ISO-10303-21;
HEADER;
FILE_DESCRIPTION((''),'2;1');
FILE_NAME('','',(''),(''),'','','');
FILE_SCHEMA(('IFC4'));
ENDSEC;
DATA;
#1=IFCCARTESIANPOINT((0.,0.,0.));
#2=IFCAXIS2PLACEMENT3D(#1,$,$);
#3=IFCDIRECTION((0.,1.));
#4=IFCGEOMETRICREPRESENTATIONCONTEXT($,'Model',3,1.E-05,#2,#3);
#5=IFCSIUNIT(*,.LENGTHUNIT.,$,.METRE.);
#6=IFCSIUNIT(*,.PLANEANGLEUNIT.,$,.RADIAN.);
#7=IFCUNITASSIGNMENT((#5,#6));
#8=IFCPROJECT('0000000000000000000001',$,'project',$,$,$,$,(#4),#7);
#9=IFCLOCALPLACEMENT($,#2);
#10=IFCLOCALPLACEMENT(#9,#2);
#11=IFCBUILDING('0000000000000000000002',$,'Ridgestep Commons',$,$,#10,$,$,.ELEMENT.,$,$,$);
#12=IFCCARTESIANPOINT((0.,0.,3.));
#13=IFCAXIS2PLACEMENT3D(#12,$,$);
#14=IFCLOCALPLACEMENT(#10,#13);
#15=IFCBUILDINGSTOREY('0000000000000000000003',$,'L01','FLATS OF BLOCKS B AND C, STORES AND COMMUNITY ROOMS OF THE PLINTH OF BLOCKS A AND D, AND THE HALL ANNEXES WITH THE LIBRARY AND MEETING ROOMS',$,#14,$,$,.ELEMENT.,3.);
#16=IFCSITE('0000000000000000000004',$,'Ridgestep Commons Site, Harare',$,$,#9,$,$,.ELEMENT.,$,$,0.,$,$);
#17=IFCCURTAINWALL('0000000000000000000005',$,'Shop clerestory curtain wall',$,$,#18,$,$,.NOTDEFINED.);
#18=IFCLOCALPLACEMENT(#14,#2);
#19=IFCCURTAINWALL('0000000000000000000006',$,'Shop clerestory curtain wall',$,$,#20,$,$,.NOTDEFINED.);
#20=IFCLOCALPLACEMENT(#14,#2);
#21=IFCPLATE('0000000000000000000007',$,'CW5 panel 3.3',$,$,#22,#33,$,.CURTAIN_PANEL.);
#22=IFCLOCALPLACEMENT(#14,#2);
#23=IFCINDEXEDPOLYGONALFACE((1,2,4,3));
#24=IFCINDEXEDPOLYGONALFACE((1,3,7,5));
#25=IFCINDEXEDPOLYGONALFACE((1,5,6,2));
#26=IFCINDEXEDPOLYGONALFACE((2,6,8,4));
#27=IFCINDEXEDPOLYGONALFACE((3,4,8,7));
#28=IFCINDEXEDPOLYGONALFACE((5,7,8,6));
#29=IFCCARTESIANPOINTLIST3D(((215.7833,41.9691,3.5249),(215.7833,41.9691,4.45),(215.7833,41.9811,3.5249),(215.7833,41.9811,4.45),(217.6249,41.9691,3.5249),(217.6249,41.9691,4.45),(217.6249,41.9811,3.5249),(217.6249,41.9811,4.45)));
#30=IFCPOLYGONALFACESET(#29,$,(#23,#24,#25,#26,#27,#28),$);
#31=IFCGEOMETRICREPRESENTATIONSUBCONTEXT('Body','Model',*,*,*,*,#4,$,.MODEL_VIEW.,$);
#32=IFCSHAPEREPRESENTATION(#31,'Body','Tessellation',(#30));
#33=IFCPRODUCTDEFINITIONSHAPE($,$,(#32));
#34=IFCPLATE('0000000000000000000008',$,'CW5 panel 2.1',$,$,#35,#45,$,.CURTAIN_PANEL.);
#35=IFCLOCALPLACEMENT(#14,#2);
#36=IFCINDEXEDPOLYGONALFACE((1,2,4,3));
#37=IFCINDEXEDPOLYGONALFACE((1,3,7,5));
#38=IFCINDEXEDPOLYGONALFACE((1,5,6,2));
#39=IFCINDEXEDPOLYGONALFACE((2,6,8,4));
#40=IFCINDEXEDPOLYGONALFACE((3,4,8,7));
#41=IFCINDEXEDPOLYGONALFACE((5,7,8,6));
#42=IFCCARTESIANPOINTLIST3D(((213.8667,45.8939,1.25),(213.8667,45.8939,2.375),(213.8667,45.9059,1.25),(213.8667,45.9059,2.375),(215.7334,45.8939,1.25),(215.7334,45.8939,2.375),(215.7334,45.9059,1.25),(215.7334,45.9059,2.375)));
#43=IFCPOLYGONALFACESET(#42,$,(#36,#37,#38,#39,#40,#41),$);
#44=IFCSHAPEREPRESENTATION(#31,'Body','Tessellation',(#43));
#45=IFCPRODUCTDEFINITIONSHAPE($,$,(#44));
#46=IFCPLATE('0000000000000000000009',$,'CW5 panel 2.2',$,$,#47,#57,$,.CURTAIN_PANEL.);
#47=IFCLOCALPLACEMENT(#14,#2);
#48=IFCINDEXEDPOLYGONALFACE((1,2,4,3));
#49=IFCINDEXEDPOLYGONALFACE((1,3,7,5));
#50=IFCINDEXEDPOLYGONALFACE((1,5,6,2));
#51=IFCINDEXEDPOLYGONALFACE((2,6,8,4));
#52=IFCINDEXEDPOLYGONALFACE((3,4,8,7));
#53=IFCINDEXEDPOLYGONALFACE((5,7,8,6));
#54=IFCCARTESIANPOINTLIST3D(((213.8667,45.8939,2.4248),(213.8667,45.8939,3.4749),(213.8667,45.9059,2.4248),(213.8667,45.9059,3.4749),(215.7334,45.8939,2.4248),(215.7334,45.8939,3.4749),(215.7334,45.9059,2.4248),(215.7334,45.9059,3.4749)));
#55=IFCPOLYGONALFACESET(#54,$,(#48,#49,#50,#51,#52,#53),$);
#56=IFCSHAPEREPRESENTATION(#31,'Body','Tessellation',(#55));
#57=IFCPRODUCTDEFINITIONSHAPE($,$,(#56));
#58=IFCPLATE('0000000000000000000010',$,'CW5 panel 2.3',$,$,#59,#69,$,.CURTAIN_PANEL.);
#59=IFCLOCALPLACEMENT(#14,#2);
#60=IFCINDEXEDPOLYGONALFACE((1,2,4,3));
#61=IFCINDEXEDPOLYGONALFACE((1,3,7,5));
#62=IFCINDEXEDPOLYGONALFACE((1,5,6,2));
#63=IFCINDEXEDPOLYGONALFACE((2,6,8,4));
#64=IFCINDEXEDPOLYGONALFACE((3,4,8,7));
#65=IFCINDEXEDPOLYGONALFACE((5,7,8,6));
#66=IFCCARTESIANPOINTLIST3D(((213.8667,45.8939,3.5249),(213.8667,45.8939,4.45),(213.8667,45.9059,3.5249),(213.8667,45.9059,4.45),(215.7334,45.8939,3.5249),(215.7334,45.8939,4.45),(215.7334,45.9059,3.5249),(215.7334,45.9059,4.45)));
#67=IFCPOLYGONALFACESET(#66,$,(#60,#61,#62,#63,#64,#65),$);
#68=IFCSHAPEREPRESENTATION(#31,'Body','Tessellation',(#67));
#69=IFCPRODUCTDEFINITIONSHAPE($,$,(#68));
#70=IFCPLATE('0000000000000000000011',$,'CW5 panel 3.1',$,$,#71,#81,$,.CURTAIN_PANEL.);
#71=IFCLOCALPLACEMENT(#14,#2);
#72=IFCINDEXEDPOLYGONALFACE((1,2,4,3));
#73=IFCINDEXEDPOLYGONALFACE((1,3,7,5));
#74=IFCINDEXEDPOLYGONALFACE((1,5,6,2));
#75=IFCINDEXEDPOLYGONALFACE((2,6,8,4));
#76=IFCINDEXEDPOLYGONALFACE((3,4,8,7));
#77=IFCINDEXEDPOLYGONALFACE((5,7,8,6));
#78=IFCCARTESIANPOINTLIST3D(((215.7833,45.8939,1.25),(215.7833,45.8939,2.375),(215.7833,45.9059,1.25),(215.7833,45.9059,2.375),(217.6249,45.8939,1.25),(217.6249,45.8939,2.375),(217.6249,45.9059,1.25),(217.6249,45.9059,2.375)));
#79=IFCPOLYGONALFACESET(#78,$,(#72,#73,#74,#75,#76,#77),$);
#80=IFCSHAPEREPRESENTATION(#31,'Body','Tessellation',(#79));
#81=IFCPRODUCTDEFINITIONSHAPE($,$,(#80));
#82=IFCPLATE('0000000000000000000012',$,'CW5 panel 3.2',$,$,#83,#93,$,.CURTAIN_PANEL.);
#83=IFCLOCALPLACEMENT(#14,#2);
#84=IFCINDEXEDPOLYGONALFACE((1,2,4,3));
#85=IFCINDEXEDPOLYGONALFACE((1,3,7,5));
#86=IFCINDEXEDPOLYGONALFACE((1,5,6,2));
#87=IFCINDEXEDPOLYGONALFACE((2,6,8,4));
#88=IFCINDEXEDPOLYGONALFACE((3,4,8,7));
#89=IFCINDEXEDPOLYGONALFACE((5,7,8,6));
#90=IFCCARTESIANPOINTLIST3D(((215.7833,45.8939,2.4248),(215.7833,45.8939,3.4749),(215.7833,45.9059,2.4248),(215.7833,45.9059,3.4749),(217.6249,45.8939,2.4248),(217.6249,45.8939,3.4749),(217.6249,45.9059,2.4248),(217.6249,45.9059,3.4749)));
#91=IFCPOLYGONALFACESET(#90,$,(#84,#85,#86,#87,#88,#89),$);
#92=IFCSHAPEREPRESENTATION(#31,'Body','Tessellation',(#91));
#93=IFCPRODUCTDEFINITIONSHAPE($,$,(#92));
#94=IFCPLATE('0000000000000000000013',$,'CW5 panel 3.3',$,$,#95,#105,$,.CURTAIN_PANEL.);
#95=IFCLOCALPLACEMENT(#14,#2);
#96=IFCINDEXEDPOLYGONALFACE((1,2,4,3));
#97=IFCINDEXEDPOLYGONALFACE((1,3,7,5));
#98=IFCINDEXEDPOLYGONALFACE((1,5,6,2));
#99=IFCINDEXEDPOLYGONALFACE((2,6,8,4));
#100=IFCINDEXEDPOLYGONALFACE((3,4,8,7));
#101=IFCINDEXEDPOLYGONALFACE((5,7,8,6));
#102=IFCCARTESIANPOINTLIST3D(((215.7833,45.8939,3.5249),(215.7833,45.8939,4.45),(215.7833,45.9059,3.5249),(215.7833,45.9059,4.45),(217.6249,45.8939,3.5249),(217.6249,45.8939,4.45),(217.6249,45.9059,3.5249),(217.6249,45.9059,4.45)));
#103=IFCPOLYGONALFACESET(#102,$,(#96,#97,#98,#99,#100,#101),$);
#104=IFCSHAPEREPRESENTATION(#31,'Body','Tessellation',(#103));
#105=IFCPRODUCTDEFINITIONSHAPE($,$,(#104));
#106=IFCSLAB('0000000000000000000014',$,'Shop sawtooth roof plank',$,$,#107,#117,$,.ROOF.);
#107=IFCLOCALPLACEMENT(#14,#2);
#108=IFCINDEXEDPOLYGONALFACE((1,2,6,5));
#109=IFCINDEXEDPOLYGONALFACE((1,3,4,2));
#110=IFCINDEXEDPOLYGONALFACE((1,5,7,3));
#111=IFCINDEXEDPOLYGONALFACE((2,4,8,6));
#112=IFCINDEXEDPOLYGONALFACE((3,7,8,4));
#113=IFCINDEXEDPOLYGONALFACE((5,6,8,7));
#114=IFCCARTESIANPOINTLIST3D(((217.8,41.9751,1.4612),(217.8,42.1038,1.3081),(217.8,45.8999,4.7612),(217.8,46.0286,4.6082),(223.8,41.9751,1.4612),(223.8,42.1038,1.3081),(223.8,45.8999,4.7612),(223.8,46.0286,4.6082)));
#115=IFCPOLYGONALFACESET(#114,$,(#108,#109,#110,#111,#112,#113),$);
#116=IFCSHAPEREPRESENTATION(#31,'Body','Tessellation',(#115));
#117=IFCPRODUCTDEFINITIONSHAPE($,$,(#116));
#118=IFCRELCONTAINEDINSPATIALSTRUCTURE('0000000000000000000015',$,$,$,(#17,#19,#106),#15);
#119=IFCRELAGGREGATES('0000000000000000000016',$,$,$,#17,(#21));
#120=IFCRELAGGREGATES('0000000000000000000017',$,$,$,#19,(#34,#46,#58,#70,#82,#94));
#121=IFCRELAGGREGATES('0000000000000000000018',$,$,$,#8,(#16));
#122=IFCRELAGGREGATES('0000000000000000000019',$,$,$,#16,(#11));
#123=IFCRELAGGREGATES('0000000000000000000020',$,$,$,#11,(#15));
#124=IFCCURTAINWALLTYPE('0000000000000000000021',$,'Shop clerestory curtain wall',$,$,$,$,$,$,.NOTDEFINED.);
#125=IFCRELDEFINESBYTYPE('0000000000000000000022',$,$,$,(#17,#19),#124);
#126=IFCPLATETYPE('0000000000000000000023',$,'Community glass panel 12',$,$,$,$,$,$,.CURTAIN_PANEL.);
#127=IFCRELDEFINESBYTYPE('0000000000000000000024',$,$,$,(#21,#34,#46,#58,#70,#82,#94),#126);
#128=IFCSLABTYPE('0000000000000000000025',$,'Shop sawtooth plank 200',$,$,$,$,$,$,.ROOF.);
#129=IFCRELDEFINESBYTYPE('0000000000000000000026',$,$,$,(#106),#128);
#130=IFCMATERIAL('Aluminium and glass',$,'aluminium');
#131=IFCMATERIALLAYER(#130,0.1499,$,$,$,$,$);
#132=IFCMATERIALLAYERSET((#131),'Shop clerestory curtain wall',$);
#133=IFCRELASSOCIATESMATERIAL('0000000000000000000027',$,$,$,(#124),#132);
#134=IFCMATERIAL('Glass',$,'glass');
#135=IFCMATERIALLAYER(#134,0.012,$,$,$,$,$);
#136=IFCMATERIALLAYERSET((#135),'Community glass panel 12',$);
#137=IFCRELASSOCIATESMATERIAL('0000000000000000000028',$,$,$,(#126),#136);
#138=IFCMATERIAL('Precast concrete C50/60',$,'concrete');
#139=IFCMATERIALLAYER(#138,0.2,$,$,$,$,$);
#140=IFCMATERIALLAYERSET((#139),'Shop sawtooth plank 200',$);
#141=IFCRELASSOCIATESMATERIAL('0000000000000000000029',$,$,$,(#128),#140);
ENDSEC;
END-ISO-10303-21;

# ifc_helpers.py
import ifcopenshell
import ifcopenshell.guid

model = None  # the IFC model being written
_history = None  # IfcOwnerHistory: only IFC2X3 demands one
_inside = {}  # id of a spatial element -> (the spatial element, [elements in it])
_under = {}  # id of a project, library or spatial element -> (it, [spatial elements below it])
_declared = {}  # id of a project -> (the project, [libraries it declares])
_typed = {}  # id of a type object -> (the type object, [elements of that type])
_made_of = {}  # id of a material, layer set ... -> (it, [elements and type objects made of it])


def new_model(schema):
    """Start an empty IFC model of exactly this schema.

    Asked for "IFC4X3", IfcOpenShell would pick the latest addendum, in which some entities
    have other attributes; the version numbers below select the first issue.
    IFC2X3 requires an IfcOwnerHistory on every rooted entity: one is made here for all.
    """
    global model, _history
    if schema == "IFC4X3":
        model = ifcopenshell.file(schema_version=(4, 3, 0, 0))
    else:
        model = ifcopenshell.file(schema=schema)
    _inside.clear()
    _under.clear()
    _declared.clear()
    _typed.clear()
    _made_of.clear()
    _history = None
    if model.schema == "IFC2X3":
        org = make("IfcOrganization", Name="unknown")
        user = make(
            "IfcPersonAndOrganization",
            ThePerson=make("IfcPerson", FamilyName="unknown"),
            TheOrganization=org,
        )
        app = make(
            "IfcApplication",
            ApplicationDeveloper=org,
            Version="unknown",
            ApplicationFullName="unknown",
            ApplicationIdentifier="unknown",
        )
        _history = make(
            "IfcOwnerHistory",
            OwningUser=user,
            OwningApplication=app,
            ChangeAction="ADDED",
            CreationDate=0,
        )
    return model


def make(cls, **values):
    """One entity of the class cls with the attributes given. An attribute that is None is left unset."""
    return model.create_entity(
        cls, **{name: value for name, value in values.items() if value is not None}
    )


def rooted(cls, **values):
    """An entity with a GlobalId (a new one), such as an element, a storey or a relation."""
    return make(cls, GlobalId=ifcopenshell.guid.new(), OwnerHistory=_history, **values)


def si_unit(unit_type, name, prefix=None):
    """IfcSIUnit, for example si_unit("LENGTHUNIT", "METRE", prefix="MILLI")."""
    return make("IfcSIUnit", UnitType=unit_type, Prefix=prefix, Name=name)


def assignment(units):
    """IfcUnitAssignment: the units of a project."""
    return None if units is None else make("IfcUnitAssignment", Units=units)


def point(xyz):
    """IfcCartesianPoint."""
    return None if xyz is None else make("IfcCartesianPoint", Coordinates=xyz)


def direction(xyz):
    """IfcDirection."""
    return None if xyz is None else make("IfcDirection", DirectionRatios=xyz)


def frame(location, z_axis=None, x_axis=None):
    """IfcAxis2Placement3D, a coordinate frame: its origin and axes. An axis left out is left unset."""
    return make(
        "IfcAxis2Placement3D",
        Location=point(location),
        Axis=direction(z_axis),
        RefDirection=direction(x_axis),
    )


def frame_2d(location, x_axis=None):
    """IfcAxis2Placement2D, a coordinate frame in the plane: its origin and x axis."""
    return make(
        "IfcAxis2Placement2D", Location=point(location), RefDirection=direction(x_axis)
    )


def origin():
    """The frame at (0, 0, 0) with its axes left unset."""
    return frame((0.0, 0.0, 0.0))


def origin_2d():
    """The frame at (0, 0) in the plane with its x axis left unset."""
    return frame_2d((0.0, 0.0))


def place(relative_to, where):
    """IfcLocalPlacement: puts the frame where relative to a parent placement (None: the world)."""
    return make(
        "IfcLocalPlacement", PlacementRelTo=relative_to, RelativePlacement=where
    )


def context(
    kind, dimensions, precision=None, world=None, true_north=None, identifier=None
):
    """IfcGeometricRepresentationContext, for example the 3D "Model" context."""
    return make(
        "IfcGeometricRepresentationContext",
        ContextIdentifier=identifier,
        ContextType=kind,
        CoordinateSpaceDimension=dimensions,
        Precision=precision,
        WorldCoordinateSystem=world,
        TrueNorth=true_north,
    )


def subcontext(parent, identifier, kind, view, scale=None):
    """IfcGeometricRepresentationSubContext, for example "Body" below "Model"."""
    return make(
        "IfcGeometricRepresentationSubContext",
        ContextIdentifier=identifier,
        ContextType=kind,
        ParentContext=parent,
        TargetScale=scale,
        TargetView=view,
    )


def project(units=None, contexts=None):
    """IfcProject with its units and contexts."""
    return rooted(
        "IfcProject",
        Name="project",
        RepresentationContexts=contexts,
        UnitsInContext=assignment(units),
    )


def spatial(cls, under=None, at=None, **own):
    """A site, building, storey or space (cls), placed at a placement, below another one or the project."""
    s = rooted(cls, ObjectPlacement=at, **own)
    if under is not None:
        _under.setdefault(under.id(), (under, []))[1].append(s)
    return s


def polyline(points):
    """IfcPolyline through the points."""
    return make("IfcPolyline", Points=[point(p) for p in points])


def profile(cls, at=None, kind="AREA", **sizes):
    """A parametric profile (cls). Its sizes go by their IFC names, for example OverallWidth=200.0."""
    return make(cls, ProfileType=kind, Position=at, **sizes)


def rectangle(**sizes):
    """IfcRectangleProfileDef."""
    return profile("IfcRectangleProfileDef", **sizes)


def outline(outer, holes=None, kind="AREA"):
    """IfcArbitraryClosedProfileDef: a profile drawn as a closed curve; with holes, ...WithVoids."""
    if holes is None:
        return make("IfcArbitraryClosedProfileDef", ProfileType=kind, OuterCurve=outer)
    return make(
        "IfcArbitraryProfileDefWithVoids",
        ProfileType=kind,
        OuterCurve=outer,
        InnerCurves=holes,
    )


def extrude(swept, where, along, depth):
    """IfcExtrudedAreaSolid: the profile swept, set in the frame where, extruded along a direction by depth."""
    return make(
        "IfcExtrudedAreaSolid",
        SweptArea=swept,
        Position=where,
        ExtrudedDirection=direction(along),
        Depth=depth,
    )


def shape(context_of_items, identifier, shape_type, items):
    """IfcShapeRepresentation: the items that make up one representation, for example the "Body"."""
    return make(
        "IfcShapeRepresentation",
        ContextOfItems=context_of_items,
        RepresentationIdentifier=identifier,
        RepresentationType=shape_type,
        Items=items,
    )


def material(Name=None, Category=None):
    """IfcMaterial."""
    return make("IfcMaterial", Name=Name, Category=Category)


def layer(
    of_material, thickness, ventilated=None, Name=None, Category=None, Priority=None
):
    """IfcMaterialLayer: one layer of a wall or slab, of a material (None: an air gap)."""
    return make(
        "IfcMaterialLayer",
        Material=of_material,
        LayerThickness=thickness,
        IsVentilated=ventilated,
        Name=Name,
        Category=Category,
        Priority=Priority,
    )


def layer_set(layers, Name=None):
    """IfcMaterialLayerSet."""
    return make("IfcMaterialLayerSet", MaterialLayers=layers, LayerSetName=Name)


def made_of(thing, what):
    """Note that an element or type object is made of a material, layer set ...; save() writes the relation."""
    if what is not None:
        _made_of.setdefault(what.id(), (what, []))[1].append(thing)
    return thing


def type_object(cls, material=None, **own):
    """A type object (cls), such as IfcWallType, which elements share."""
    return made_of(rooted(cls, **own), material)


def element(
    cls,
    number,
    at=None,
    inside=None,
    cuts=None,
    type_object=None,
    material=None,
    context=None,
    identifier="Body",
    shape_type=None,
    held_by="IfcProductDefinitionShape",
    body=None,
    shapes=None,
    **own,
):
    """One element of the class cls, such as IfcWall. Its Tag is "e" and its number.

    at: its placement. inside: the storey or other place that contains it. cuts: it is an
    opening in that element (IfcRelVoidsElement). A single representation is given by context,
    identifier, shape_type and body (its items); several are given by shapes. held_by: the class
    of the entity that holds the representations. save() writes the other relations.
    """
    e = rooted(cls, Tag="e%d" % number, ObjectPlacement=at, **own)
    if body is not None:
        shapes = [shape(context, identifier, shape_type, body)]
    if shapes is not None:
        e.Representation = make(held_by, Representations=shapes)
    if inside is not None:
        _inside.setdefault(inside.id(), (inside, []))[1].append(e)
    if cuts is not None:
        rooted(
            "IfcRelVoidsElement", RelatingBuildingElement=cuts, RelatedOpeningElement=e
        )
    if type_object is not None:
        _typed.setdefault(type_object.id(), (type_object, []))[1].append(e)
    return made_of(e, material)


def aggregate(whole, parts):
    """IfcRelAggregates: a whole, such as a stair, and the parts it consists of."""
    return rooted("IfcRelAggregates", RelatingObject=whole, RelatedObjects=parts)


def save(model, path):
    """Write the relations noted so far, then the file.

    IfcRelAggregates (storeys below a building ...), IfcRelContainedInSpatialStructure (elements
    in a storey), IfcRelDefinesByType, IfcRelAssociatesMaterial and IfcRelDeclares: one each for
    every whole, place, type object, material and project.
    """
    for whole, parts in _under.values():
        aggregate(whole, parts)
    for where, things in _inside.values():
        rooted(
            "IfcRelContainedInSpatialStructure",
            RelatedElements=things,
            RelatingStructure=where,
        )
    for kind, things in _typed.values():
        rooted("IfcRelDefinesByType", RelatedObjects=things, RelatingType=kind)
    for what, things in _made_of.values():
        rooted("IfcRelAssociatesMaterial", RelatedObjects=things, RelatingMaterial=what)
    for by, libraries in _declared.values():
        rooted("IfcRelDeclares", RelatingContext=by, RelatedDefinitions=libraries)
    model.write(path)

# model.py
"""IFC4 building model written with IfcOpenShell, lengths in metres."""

from ifc_helpers import new_model, si_unit, direction, frame, origin, origin_2d, place, context, subcontext, project, spatial, polyline, rectangle, outline, extrude, material, layer, layer_set, type_object, element, aggregate, save


model = new_model("IFC4")

# Units and contexts
model_context = context("Model", 3, precision=1e-05, world=origin(), true_north=direction((0.0, 1.0)))
body_context = subcontext(model_context, "Body", "Model", "MODEL_VIEW")
ifc_project = project(units=[si_unit("LENGTHUNIT", "METRE"), si_unit("PLANEANGLEUNIT", "RADIAN")], contexts=[model_context])

# Site, building, storey
site_placement = place(None, origin())
site = spatial("IfcSite", under=ifc_project, at=site_placement, Name="Ridgestep Commons Site, Harare", CompositionType="ELEMENT", RefElevation=0.0)
building_placement = place(site_placement, origin())
building = spatial("IfcBuilding", under=site, at=building_placement, Name="Ridgestep Commons", CompositionType="ELEMENT")
storey_placement = place(building_placement, frame((0.0, 0.0, 3.0)))
storey = spatial("IfcBuildingStorey", under=building, at=storey_placement, Name="L01", Description="FLATS OF BLOCKS B AND C, STORES AND COMMUNITY ROOMS OF THE PLINTH OF BLOCKS A AND D, AND THE HALL ANNEXES WITH THE LIBRARY AND MEETING ROOMS", CompositionType="ELEMENT", Elevation=3.0)

# Curtain wall
ifc_material_1 = material(Name="Aluminium and glass", Category="aluminium")
ifc_layer_1 = layer(ifc_material_1, 0.1499)
ifc_layer_set_1 = layer_set([ifc_layer_1], Name="Shop clerestory curtain wall")
curtain_wall_type = type_object("IfcCurtainWallType", Name="Shop clerestory curtain wall", PredefinedType="NOTDEFINED", material=ifc_layer_set_1)
curtain_wall_1_placement = place(storey_placement, origin())
curtain_wall_1 = element("IfcCurtainWall", 1, at=curtain_wall_1_placement, inside=storey, type_object=curtain_wall_type, Name="Shop clerestory curtain wall", PredefinedType="NOTDEFINED")

# Curtain wall
curtain_wall_2_placement = place(storey_placement, origin())
curtain_wall_2 = element("IfcCurtainWall", 2, at=curtain_wall_2_placement, inside=storey, type_object=curtain_wall_type, Name="Shop clerestory curtain wall", PredefinedType="NOTDEFINED")

# Plates
ifc_material_2 = material(Name="Glass", Category="glass")
ifc_layer_2 = layer(ifc_material_2, 0.012)
ifc_layer_set_2 = layer_set([ifc_layer_2], Name="Community glass panel 12")
plate_type = type_object("IfcPlateType", Name="Community glass panel 12", PredefinedType="CURTAIN_PANEL", material=ifc_layer_set_2)
plate_1_placement = place(storey_placement, frame((216.7041, 41.9751, 3.5249), z_axis=(0.0, 0.0, 1.0), x_axis=(1.0, 0.0, 0.0)))
plate_1 = element("IfcPlate", 3, at=plate_1_placement, type_object=plate_type, Name="CW5 panel 3.3", PredefinedType="CURTAIN_PANEL", context=body_context, shape_type="SweptSolid", body=[
    extrude(rectangle(XDim=1.8416, YDim=0.012, at=origin_2d()), origin(), (0.0, 0.0, 1.0), 0.925),
])
aggregate(curtain_wall_1, [plate_1])
plate_2_placement = place(storey_placement, frame((214.8, 45.8999, 1.25), z_axis=(0.0, 0.0, 1.0), x_axis=(1.0, 0.0, 0.0)))
plate_2 = element("IfcPlate", 4, at=plate_2_placement, type_object=plate_type, Name="CW5 panel 2.1", PredefinedType="CURTAIN_PANEL", context=body_context, shape_type="SweptSolid", body=[
    extrude(rectangle(XDim=1.8667, YDim=0.012, at=origin_2d()), origin(), (0.0, 0.0, 1.0), 1.125),
])
plate_3_placement = place(storey_placement, frame((214.8, 45.8999, 2.4248), z_axis=(0.0, 0.0, 1.0), x_axis=(1.0, 0.0, 0.0)))
plate_3 = element("IfcPlate", 5, at=plate_3_placement, type_object=plate_type, Name="CW5 panel 2.2", PredefinedType="CURTAIN_PANEL", context=body_context, shape_type="SweptSolid", body=[
    extrude(rectangle(XDim=1.8667, YDim=0.012, at=origin_2d()), origin(), (0.0, 0.0, 1.0), 1.05),
])
plate_4_placement = place(storey_placement, frame((214.8, 45.8999, 3.5249), z_axis=(0.0, 0.0, 1.0), x_axis=(1.0, 0.0, 0.0)))
plate_4 = element("IfcPlate", 6, at=plate_4_placement, type_object=plate_type, Name="CW5 panel 2.3", PredefinedType="CURTAIN_PANEL", context=body_context, shape_type="SweptSolid", body=[
    extrude(rectangle(XDim=1.8667, YDim=0.012, at=origin_2d()), origin(), (0.0, 0.0, 1.0), 0.925),
])
plate_5_placement = place(storey_placement, frame((216.7041, 45.8999, 1.25), z_axis=(0.0, 0.0, 1.0), x_axis=(1.0, 0.0, 0.0)))
plate_5 = element("IfcPlate", 7, at=plate_5_placement, type_object=plate_type, Name="CW5 panel 3.1", PredefinedType="CURTAIN_PANEL", context=body_context, shape_type="SweptSolid", body=[
    extrude(rectangle(XDim=1.8416, YDim=0.012, at=origin_2d()), origin(), (0.0, 0.0, 1.0), 1.125),
])
plate_6_placement = place(storey_placement, frame((216.7041, 45.8999, 2.4248), z_axis=(0.0, 0.0, 1.0), x_axis=(1.0, 0.0, 0.0)))
plate_6 = element("IfcPlate", 8, at=plate_6_placement, type_object=plate_type, Name="CW5 panel 3.2", PredefinedType="CURTAIN_PANEL", context=body_context, shape_type="SweptSolid", body=[
    extrude(rectangle(XDim=1.8416, YDim=0.012, at=origin_2d()), origin(), (0.0, 0.0, 1.0), 1.05),
])
plate_7_placement = place(storey_placement, frame((216.7041, 45.8999, 3.5249), z_axis=(0.0, 0.0, 1.0), x_axis=(1.0, 0.0, 0.0)))
plate_7 = element("IfcPlate", 9, at=plate_7_placement, type_object=plate_type, Name="CW5 panel 3.3", PredefinedType="CURTAIN_PANEL", context=body_context, shape_type="SweptSolid", body=[
    extrude(rectangle(XDim=1.8416, YDim=0.012, at=origin_2d()), origin(), (0.0, 0.0, 1.0), 0.925),
])
aggregate(curtain_wall_2, [plate_2, plate_3, plate_4, plate_5, plate_6, plate_7])

# Slab
ifc_material_3 = material(Name="Precast concrete C50/60", Category="concrete")
ifc_layer_3 = layer(ifc_material_3, 0.2)
ifc_layer_set_3 = layer_set([ifc_layer_3], Name="Shop sawtooth plank 200")
slab_type = type_object("IfcSlabType", Name="Shop sawtooth plank 200", PredefinedType="ROOF", material=ifc_layer_set_3)
slab_placement = place(storey_placement, frame((217.8, 41.9751, 1.4612), z_axis=(0.0, -0.643559, 0.765396), x_axis=(1.0, 0.0, 0.0)))
element("IfcSlab", 10, at=slab_placement, inside=storey, type_object=slab_type, Name="Shop sawtooth roof plank", PredefinedType="ROOF", context=body_context, shape_type="SweptSolid", body=[
    extrude(outline(polyline([(0.0, 0.0), (6.0, 0.0), (6.0, 5.1278), (0.0, 5.1278), (0.0, 0.0)])), origin(), (0.0, 0.0, -1.0), 0.2),
])

save(model, "model.ifc")
